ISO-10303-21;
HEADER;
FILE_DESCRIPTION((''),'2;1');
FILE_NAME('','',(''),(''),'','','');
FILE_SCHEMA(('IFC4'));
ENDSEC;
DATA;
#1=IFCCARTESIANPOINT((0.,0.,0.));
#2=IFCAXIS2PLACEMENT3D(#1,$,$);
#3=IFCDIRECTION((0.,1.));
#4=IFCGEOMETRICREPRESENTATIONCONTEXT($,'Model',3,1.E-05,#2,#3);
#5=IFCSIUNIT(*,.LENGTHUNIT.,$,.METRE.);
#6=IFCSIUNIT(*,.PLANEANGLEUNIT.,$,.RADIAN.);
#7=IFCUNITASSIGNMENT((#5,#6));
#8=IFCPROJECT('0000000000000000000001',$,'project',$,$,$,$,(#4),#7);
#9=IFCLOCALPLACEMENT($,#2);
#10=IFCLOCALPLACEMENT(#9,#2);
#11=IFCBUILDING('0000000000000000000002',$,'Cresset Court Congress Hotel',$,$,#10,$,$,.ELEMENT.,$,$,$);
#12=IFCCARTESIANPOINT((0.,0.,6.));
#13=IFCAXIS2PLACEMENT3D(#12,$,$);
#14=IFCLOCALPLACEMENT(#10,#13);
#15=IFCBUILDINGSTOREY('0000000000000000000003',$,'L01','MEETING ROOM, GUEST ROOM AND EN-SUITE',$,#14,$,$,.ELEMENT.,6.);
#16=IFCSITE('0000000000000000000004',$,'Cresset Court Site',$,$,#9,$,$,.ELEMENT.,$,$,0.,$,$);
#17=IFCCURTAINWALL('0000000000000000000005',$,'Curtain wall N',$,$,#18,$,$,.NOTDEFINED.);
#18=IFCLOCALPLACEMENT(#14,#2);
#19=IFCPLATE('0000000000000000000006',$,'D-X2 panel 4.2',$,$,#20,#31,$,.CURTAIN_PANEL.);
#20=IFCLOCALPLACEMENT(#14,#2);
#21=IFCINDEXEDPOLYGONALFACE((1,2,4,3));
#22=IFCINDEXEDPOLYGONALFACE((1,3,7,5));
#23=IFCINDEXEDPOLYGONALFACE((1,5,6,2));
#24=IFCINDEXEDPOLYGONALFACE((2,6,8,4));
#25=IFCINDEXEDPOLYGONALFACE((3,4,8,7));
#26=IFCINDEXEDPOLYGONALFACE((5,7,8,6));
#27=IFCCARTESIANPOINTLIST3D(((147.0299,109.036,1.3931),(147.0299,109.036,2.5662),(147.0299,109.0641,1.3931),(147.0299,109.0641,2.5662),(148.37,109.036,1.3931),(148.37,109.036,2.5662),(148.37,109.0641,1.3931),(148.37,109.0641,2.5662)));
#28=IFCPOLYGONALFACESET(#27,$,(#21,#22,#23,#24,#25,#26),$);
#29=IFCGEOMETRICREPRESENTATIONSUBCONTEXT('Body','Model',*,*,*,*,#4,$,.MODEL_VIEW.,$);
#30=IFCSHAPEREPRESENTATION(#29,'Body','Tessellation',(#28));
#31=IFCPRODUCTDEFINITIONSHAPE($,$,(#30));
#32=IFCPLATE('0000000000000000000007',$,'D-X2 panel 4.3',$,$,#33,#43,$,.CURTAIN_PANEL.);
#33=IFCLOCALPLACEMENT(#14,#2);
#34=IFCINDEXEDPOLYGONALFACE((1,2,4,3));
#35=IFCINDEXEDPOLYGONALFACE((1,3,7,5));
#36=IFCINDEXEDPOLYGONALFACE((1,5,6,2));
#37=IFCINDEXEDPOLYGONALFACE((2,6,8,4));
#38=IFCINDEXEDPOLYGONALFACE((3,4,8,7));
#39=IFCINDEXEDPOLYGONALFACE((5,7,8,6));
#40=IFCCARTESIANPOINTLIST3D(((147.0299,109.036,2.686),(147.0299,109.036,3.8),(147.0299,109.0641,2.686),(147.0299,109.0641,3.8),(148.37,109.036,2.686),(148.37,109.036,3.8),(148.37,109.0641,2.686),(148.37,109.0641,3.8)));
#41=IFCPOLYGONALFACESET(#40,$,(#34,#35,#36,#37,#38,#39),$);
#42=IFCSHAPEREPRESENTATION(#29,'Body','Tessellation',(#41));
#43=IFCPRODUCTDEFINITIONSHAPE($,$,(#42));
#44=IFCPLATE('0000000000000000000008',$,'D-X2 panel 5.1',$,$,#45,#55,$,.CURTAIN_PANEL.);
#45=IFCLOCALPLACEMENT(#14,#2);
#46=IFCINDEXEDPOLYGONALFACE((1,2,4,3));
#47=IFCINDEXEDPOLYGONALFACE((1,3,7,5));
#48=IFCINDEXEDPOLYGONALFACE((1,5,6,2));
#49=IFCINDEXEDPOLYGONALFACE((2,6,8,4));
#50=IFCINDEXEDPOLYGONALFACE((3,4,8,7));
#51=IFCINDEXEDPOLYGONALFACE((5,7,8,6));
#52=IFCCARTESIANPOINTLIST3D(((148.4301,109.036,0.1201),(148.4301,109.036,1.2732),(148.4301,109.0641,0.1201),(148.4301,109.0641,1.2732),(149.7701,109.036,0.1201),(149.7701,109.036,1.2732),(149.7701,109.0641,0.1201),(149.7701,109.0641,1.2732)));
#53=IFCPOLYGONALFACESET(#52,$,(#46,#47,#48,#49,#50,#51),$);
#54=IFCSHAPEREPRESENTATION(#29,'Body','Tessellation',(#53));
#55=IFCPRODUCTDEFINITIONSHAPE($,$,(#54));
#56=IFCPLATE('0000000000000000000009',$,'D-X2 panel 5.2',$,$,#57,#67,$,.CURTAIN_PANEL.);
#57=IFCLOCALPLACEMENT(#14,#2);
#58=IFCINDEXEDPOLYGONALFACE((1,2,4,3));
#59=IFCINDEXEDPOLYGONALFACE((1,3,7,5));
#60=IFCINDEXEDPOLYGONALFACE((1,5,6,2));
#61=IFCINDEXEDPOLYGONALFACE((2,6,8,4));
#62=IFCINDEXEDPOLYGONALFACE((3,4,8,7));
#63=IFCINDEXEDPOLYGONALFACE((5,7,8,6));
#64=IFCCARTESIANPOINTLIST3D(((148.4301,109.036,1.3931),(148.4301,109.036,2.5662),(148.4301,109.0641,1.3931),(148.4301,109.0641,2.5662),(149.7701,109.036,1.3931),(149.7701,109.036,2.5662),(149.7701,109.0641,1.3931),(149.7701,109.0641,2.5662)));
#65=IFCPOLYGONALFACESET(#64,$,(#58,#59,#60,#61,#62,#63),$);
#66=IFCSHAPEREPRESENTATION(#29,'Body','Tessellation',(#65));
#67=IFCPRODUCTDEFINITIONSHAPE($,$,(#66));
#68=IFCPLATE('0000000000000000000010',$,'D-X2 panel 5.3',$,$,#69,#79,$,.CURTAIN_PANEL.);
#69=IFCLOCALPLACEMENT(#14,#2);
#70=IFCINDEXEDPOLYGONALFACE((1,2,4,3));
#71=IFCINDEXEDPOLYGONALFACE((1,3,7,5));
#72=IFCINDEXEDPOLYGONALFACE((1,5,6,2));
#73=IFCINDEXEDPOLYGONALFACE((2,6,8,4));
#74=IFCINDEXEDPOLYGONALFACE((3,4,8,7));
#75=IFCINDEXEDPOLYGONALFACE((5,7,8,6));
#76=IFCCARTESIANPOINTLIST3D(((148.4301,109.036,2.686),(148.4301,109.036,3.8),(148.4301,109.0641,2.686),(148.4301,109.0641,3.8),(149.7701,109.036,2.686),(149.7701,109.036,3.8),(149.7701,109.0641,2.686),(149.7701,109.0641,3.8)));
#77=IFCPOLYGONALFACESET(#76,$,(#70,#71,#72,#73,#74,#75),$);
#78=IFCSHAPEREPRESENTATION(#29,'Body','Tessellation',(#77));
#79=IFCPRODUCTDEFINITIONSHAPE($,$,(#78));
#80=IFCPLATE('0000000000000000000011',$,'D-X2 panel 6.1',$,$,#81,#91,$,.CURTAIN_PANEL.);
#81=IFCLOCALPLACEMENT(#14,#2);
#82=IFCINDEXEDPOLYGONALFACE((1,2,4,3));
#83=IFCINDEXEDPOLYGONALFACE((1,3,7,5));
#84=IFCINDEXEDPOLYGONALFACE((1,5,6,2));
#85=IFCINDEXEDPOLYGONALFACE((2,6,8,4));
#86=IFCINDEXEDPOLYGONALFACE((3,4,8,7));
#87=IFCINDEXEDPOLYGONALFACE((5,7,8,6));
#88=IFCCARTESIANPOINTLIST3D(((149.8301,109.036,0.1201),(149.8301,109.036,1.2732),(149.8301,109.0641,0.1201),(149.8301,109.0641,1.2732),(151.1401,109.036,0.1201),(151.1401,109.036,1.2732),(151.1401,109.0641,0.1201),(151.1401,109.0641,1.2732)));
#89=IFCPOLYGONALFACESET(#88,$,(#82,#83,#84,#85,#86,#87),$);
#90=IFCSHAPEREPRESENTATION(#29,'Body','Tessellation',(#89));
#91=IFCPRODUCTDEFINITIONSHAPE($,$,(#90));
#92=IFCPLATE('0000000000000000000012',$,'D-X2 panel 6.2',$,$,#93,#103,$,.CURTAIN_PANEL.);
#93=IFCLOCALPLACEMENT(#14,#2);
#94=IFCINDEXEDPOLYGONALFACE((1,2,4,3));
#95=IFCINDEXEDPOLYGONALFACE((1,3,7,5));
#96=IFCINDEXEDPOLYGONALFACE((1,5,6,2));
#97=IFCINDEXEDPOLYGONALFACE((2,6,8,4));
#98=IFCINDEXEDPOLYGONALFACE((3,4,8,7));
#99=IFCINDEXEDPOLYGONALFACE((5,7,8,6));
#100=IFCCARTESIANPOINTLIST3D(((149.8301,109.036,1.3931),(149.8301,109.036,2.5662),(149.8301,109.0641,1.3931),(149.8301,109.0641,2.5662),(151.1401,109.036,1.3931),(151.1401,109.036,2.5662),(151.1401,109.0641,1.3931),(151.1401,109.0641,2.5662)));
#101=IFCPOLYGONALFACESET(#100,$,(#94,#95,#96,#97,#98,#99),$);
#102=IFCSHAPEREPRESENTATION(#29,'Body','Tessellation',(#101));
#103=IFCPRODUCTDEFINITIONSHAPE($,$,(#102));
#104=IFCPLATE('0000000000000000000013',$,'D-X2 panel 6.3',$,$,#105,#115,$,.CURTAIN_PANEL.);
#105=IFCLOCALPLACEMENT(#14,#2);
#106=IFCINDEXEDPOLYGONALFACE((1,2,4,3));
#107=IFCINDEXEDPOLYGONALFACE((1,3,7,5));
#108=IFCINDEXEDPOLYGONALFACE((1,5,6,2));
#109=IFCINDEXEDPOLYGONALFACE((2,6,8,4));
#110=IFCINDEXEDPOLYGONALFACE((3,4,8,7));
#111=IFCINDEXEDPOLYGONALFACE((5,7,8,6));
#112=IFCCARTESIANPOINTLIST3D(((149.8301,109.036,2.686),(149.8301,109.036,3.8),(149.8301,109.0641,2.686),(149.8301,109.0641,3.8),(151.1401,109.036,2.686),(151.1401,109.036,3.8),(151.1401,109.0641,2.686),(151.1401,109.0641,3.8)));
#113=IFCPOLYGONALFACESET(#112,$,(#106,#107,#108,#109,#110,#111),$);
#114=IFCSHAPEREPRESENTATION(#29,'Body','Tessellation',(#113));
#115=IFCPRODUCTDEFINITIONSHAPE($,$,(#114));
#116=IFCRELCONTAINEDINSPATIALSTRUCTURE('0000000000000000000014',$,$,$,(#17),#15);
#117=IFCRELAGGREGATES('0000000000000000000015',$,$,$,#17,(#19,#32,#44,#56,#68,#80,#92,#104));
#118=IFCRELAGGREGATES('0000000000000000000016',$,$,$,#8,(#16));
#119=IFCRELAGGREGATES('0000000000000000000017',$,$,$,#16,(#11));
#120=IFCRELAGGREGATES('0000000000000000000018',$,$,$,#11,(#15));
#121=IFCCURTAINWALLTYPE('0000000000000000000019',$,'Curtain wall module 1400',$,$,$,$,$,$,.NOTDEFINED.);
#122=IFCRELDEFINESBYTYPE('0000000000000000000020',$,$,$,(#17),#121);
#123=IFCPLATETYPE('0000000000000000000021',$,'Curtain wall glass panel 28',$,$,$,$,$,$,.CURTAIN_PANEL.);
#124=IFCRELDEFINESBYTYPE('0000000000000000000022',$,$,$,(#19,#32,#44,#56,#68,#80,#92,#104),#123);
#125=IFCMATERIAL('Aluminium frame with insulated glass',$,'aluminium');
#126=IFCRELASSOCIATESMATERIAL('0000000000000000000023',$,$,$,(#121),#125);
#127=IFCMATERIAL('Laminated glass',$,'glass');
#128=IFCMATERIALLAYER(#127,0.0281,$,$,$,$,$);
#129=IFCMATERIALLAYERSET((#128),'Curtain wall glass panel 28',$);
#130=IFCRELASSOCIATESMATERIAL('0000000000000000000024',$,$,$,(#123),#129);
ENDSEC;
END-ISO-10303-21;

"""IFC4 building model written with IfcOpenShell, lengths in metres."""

from ifc_helpers import new_model, si_unit, direction, frame, origin, origin_2d, place, context, subcontext, project, spatial, rectangle, extrude, material, layer, layer_set, type_object, element, aggregate, save


model = new_model("IFC4")

# Units and contexts
model_context = context("Model", 3, precision=1e-05, world=origin(), true_north=direction((0.0, 1.0)))
body_context = subcontext(model_context, "Body", "Model", "MODEL_VIEW")
ifc_project = project(units=[si_unit("LENGTHUNIT", "METRE"), si_unit("PLANEANGLEUNIT", "RADIAN")], contexts=[model_context])

# Site, building, storey
site_placement = place(None, origin())
site = spatial("IfcSite", under=ifc_project, at=site_placement, Name="Cresset Court Site", CompositionType="ELEMENT", RefElevation=0.0)
building_placement = place(site_placement, origin())
building = spatial("IfcBuilding", under=site, at=building_placement, Name="Cresset Court Congress Hotel", CompositionType="ELEMENT")
storey_placement = place(building_placement, frame((0.0, 0.0, 6.0)))
storey = spatial("IfcBuildingStorey", under=building, at=storey_placement, Name="L01", Description="MEETING ROOM, GUEST ROOM AND EN-SUITE", CompositionType="ELEMENT", Elevation=6.0)

# Curtain wall, plates
ifc_material_1 = material(Name="Aluminium frame with insulated glass", Category="aluminium")
curtain_wall_type = type_object("IfcCurtainWallType", Name="Curtain wall module 1400", PredefinedType="NOTDEFINED", material=ifc_material_1)
curtain_wall_placement = place(storey_placement, origin())
curtain_wall = element("IfcCurtainWall", 1, at=curtain_wall_placement, inside=storey, type_object=curtain_wall_type, Name="Curtain wall N", PredefinedType="NOTDEFINED")
ifc_material_2 = material(Name="Laminated glass", Category="glass")
ifc_layer = layer(ifc_material_2, 0.0281)
ifc_layer_set = layer_set([ifc_layer], Name="Curtain wall glass panel 28")
plate_type = type_object("IfcPlateType", Name="Curtain wall glass panel 28", PredefinedType="CURTAIN_PANEL", material=ifc_layer_set)
plate_1_placement = place(storey_placement, frame((147.7, 109.05, 1.3931), z_axis=(0.0, 0.0, 1.0), x_axis=(1.0, 0.0, 0.0)))
plate_1 = element("IfcPlate", 2, at=plate_1_placement, type_object=plate_type, Name="D-X2 panel 4.2", PredefinedType="CURTAIN_PANEL", context=body_context, shape_type="SweptSolid", body=[
    extrude(rectangle(XDim=1.3401, YDim=0.0281, at=origin_2d()), origin(), (0.0, 0.0, 1.0), 1.1731),
])
plate_2_placement = place(storey_placement, frame((147.7, 109.05, 2.686), z_axis=(0.0, 0.0, 1.0), x_axis=(1.0, 0.0, 0.0)))
plate_2 = element("IfcPlate", 3, at=plate_2_placement, type_object=plate_type, Name="D-X2 panel 4.3", PredefinedType="CURTAIN_PANEL", context=body_context, shape_type="SweptSolid", body=[
    extrude(rectangle(XDim=1.3401, YDim=0.0281, at=origin_2d()), origin(), (0.0, 0.0, 1.0), 1.114),
])
plate_3_placement = place(storey_placement, frame((149.1001, 109.05, 0.1201), z_axis=(0.0, 0.0, 1.0), x_axis=(1.0, 0.0, 0.0)))
plate_3 = element("IfcPlate", 4, at=plate_3_placement, type_object=plate_type, Name="D-X2 panel 5.1", PredefinedType="CURTAIN_PANEL", context=body_context, shape_type="SweptSolid", body=[
    extrude(rectangle(XDim=1.3401, YDim=0.0281, at=origin_2d()), origin(), (0.0, 0.0, 1.0), 1.1531),
])
plate_4_placement = place(storey_placement, frame((149.1001, 109.05, 1.3931), z_axis=(0.0, 0.0, 1.0), x_axis=(1.0, 0.0, 0.0)))
plate_4 = element("IfcPlate", 5, at=plate_4_placement, type_object=plate_type, Name="D-X2 panel 5.2", PredefinedType="CURTAIN_PANEL", context=body_context, shape_type="SweptSolid", body=[
    extrude(rectangle(XDim=1.3401, YDim=0.0281, at=origin_2d()), origin(), (0.0, 0.0, 1.0), 1.1731),
])
plate_5_placement = place(storey_placement, frame((149.1001, 109.05, 2.686), z_axis=(0.0, 0.0, 1.0), x_axis=(1.0, 0.0, 0.0)))
plate_5 = element("IfcPlate", 6, at=plate_5_placement, type_object=plate_type, Name="D-X2 panel 5.3", PredefinedType="CURTAIN_PANEL", context=body_context, shape_type="SweptSolid", body=[
    extrude(rectangle(XDim=1.3401, YDim=0.0281, at=origin_2d()), origin(), (0.0, 0.0, 1.0), 1.114),
])
plate_6_placement = place(storey_placement, frame((150.4851, 109.05, 0.1201), z_axis=(0.0, 0.0, 1.0), x_axis=(1.0, 0.0, 0.0)))
plate_6 = element("IfcPlate", 7, at=plate_6_placement, type_object=plate_type, Name="D-X2 panel 6.1", PredefinedType="CURTAIN_PANEL", context=body_context, shape_type="SweptSolid", body=[
    extrude(rectangle(XDim=1.3101, YDim=0.0281, at=origin_2d()), origin(), (0.0, 0.0, 1.0), 1.1531),
])
plate_7_placement = place(storey_placement, frame((150.4851, 109.05, 1.3931), z_axis=(0.0, 0.0, 1.0), x_axis=(1.0, 0.0, 0.0)))
plate_7 = element("IfcPlate", 8, at=plate_7_placement, type_object=plate_type, Name="D-X2 panel 6.2", PredefinedType="CURTAIN_PANEL", context=body_context, shape_type="SweptSolid", body=[
    extrude(rectangle(XDim=1.3101, YDim=0.0281, at=origin_2d()), origin(), (0.0, 0.0, 1.0), 1.1731),
])
plate_8_placement = place(storey_placement, frame((150.4851, 109.05, 2.686), z_axis=(0.0, 0.0, 1.0), x_axis=(1.0, 0.0, 0.0)))
plate_8 = element("IfcPlate", 9, at=plate_8_placement, type_object=plate_type, Name="D-X2 panel 6.3", PredefinedType="CURTAIN_PANEL", context=body_context, shape_type="SweptSolid", body=[
    extrude(rectangle(XDim=1.3101, YDim=0.0281, at=origin_2d()), origin(), (0.0, 0.0, 1.0), 1.114),
])
aggregate(curtain_wall, [plate_1, plate_2, plate_3, plate_4, plate_5, plate_6, plate_7, plate_8])

save(model, "model.ifc")
